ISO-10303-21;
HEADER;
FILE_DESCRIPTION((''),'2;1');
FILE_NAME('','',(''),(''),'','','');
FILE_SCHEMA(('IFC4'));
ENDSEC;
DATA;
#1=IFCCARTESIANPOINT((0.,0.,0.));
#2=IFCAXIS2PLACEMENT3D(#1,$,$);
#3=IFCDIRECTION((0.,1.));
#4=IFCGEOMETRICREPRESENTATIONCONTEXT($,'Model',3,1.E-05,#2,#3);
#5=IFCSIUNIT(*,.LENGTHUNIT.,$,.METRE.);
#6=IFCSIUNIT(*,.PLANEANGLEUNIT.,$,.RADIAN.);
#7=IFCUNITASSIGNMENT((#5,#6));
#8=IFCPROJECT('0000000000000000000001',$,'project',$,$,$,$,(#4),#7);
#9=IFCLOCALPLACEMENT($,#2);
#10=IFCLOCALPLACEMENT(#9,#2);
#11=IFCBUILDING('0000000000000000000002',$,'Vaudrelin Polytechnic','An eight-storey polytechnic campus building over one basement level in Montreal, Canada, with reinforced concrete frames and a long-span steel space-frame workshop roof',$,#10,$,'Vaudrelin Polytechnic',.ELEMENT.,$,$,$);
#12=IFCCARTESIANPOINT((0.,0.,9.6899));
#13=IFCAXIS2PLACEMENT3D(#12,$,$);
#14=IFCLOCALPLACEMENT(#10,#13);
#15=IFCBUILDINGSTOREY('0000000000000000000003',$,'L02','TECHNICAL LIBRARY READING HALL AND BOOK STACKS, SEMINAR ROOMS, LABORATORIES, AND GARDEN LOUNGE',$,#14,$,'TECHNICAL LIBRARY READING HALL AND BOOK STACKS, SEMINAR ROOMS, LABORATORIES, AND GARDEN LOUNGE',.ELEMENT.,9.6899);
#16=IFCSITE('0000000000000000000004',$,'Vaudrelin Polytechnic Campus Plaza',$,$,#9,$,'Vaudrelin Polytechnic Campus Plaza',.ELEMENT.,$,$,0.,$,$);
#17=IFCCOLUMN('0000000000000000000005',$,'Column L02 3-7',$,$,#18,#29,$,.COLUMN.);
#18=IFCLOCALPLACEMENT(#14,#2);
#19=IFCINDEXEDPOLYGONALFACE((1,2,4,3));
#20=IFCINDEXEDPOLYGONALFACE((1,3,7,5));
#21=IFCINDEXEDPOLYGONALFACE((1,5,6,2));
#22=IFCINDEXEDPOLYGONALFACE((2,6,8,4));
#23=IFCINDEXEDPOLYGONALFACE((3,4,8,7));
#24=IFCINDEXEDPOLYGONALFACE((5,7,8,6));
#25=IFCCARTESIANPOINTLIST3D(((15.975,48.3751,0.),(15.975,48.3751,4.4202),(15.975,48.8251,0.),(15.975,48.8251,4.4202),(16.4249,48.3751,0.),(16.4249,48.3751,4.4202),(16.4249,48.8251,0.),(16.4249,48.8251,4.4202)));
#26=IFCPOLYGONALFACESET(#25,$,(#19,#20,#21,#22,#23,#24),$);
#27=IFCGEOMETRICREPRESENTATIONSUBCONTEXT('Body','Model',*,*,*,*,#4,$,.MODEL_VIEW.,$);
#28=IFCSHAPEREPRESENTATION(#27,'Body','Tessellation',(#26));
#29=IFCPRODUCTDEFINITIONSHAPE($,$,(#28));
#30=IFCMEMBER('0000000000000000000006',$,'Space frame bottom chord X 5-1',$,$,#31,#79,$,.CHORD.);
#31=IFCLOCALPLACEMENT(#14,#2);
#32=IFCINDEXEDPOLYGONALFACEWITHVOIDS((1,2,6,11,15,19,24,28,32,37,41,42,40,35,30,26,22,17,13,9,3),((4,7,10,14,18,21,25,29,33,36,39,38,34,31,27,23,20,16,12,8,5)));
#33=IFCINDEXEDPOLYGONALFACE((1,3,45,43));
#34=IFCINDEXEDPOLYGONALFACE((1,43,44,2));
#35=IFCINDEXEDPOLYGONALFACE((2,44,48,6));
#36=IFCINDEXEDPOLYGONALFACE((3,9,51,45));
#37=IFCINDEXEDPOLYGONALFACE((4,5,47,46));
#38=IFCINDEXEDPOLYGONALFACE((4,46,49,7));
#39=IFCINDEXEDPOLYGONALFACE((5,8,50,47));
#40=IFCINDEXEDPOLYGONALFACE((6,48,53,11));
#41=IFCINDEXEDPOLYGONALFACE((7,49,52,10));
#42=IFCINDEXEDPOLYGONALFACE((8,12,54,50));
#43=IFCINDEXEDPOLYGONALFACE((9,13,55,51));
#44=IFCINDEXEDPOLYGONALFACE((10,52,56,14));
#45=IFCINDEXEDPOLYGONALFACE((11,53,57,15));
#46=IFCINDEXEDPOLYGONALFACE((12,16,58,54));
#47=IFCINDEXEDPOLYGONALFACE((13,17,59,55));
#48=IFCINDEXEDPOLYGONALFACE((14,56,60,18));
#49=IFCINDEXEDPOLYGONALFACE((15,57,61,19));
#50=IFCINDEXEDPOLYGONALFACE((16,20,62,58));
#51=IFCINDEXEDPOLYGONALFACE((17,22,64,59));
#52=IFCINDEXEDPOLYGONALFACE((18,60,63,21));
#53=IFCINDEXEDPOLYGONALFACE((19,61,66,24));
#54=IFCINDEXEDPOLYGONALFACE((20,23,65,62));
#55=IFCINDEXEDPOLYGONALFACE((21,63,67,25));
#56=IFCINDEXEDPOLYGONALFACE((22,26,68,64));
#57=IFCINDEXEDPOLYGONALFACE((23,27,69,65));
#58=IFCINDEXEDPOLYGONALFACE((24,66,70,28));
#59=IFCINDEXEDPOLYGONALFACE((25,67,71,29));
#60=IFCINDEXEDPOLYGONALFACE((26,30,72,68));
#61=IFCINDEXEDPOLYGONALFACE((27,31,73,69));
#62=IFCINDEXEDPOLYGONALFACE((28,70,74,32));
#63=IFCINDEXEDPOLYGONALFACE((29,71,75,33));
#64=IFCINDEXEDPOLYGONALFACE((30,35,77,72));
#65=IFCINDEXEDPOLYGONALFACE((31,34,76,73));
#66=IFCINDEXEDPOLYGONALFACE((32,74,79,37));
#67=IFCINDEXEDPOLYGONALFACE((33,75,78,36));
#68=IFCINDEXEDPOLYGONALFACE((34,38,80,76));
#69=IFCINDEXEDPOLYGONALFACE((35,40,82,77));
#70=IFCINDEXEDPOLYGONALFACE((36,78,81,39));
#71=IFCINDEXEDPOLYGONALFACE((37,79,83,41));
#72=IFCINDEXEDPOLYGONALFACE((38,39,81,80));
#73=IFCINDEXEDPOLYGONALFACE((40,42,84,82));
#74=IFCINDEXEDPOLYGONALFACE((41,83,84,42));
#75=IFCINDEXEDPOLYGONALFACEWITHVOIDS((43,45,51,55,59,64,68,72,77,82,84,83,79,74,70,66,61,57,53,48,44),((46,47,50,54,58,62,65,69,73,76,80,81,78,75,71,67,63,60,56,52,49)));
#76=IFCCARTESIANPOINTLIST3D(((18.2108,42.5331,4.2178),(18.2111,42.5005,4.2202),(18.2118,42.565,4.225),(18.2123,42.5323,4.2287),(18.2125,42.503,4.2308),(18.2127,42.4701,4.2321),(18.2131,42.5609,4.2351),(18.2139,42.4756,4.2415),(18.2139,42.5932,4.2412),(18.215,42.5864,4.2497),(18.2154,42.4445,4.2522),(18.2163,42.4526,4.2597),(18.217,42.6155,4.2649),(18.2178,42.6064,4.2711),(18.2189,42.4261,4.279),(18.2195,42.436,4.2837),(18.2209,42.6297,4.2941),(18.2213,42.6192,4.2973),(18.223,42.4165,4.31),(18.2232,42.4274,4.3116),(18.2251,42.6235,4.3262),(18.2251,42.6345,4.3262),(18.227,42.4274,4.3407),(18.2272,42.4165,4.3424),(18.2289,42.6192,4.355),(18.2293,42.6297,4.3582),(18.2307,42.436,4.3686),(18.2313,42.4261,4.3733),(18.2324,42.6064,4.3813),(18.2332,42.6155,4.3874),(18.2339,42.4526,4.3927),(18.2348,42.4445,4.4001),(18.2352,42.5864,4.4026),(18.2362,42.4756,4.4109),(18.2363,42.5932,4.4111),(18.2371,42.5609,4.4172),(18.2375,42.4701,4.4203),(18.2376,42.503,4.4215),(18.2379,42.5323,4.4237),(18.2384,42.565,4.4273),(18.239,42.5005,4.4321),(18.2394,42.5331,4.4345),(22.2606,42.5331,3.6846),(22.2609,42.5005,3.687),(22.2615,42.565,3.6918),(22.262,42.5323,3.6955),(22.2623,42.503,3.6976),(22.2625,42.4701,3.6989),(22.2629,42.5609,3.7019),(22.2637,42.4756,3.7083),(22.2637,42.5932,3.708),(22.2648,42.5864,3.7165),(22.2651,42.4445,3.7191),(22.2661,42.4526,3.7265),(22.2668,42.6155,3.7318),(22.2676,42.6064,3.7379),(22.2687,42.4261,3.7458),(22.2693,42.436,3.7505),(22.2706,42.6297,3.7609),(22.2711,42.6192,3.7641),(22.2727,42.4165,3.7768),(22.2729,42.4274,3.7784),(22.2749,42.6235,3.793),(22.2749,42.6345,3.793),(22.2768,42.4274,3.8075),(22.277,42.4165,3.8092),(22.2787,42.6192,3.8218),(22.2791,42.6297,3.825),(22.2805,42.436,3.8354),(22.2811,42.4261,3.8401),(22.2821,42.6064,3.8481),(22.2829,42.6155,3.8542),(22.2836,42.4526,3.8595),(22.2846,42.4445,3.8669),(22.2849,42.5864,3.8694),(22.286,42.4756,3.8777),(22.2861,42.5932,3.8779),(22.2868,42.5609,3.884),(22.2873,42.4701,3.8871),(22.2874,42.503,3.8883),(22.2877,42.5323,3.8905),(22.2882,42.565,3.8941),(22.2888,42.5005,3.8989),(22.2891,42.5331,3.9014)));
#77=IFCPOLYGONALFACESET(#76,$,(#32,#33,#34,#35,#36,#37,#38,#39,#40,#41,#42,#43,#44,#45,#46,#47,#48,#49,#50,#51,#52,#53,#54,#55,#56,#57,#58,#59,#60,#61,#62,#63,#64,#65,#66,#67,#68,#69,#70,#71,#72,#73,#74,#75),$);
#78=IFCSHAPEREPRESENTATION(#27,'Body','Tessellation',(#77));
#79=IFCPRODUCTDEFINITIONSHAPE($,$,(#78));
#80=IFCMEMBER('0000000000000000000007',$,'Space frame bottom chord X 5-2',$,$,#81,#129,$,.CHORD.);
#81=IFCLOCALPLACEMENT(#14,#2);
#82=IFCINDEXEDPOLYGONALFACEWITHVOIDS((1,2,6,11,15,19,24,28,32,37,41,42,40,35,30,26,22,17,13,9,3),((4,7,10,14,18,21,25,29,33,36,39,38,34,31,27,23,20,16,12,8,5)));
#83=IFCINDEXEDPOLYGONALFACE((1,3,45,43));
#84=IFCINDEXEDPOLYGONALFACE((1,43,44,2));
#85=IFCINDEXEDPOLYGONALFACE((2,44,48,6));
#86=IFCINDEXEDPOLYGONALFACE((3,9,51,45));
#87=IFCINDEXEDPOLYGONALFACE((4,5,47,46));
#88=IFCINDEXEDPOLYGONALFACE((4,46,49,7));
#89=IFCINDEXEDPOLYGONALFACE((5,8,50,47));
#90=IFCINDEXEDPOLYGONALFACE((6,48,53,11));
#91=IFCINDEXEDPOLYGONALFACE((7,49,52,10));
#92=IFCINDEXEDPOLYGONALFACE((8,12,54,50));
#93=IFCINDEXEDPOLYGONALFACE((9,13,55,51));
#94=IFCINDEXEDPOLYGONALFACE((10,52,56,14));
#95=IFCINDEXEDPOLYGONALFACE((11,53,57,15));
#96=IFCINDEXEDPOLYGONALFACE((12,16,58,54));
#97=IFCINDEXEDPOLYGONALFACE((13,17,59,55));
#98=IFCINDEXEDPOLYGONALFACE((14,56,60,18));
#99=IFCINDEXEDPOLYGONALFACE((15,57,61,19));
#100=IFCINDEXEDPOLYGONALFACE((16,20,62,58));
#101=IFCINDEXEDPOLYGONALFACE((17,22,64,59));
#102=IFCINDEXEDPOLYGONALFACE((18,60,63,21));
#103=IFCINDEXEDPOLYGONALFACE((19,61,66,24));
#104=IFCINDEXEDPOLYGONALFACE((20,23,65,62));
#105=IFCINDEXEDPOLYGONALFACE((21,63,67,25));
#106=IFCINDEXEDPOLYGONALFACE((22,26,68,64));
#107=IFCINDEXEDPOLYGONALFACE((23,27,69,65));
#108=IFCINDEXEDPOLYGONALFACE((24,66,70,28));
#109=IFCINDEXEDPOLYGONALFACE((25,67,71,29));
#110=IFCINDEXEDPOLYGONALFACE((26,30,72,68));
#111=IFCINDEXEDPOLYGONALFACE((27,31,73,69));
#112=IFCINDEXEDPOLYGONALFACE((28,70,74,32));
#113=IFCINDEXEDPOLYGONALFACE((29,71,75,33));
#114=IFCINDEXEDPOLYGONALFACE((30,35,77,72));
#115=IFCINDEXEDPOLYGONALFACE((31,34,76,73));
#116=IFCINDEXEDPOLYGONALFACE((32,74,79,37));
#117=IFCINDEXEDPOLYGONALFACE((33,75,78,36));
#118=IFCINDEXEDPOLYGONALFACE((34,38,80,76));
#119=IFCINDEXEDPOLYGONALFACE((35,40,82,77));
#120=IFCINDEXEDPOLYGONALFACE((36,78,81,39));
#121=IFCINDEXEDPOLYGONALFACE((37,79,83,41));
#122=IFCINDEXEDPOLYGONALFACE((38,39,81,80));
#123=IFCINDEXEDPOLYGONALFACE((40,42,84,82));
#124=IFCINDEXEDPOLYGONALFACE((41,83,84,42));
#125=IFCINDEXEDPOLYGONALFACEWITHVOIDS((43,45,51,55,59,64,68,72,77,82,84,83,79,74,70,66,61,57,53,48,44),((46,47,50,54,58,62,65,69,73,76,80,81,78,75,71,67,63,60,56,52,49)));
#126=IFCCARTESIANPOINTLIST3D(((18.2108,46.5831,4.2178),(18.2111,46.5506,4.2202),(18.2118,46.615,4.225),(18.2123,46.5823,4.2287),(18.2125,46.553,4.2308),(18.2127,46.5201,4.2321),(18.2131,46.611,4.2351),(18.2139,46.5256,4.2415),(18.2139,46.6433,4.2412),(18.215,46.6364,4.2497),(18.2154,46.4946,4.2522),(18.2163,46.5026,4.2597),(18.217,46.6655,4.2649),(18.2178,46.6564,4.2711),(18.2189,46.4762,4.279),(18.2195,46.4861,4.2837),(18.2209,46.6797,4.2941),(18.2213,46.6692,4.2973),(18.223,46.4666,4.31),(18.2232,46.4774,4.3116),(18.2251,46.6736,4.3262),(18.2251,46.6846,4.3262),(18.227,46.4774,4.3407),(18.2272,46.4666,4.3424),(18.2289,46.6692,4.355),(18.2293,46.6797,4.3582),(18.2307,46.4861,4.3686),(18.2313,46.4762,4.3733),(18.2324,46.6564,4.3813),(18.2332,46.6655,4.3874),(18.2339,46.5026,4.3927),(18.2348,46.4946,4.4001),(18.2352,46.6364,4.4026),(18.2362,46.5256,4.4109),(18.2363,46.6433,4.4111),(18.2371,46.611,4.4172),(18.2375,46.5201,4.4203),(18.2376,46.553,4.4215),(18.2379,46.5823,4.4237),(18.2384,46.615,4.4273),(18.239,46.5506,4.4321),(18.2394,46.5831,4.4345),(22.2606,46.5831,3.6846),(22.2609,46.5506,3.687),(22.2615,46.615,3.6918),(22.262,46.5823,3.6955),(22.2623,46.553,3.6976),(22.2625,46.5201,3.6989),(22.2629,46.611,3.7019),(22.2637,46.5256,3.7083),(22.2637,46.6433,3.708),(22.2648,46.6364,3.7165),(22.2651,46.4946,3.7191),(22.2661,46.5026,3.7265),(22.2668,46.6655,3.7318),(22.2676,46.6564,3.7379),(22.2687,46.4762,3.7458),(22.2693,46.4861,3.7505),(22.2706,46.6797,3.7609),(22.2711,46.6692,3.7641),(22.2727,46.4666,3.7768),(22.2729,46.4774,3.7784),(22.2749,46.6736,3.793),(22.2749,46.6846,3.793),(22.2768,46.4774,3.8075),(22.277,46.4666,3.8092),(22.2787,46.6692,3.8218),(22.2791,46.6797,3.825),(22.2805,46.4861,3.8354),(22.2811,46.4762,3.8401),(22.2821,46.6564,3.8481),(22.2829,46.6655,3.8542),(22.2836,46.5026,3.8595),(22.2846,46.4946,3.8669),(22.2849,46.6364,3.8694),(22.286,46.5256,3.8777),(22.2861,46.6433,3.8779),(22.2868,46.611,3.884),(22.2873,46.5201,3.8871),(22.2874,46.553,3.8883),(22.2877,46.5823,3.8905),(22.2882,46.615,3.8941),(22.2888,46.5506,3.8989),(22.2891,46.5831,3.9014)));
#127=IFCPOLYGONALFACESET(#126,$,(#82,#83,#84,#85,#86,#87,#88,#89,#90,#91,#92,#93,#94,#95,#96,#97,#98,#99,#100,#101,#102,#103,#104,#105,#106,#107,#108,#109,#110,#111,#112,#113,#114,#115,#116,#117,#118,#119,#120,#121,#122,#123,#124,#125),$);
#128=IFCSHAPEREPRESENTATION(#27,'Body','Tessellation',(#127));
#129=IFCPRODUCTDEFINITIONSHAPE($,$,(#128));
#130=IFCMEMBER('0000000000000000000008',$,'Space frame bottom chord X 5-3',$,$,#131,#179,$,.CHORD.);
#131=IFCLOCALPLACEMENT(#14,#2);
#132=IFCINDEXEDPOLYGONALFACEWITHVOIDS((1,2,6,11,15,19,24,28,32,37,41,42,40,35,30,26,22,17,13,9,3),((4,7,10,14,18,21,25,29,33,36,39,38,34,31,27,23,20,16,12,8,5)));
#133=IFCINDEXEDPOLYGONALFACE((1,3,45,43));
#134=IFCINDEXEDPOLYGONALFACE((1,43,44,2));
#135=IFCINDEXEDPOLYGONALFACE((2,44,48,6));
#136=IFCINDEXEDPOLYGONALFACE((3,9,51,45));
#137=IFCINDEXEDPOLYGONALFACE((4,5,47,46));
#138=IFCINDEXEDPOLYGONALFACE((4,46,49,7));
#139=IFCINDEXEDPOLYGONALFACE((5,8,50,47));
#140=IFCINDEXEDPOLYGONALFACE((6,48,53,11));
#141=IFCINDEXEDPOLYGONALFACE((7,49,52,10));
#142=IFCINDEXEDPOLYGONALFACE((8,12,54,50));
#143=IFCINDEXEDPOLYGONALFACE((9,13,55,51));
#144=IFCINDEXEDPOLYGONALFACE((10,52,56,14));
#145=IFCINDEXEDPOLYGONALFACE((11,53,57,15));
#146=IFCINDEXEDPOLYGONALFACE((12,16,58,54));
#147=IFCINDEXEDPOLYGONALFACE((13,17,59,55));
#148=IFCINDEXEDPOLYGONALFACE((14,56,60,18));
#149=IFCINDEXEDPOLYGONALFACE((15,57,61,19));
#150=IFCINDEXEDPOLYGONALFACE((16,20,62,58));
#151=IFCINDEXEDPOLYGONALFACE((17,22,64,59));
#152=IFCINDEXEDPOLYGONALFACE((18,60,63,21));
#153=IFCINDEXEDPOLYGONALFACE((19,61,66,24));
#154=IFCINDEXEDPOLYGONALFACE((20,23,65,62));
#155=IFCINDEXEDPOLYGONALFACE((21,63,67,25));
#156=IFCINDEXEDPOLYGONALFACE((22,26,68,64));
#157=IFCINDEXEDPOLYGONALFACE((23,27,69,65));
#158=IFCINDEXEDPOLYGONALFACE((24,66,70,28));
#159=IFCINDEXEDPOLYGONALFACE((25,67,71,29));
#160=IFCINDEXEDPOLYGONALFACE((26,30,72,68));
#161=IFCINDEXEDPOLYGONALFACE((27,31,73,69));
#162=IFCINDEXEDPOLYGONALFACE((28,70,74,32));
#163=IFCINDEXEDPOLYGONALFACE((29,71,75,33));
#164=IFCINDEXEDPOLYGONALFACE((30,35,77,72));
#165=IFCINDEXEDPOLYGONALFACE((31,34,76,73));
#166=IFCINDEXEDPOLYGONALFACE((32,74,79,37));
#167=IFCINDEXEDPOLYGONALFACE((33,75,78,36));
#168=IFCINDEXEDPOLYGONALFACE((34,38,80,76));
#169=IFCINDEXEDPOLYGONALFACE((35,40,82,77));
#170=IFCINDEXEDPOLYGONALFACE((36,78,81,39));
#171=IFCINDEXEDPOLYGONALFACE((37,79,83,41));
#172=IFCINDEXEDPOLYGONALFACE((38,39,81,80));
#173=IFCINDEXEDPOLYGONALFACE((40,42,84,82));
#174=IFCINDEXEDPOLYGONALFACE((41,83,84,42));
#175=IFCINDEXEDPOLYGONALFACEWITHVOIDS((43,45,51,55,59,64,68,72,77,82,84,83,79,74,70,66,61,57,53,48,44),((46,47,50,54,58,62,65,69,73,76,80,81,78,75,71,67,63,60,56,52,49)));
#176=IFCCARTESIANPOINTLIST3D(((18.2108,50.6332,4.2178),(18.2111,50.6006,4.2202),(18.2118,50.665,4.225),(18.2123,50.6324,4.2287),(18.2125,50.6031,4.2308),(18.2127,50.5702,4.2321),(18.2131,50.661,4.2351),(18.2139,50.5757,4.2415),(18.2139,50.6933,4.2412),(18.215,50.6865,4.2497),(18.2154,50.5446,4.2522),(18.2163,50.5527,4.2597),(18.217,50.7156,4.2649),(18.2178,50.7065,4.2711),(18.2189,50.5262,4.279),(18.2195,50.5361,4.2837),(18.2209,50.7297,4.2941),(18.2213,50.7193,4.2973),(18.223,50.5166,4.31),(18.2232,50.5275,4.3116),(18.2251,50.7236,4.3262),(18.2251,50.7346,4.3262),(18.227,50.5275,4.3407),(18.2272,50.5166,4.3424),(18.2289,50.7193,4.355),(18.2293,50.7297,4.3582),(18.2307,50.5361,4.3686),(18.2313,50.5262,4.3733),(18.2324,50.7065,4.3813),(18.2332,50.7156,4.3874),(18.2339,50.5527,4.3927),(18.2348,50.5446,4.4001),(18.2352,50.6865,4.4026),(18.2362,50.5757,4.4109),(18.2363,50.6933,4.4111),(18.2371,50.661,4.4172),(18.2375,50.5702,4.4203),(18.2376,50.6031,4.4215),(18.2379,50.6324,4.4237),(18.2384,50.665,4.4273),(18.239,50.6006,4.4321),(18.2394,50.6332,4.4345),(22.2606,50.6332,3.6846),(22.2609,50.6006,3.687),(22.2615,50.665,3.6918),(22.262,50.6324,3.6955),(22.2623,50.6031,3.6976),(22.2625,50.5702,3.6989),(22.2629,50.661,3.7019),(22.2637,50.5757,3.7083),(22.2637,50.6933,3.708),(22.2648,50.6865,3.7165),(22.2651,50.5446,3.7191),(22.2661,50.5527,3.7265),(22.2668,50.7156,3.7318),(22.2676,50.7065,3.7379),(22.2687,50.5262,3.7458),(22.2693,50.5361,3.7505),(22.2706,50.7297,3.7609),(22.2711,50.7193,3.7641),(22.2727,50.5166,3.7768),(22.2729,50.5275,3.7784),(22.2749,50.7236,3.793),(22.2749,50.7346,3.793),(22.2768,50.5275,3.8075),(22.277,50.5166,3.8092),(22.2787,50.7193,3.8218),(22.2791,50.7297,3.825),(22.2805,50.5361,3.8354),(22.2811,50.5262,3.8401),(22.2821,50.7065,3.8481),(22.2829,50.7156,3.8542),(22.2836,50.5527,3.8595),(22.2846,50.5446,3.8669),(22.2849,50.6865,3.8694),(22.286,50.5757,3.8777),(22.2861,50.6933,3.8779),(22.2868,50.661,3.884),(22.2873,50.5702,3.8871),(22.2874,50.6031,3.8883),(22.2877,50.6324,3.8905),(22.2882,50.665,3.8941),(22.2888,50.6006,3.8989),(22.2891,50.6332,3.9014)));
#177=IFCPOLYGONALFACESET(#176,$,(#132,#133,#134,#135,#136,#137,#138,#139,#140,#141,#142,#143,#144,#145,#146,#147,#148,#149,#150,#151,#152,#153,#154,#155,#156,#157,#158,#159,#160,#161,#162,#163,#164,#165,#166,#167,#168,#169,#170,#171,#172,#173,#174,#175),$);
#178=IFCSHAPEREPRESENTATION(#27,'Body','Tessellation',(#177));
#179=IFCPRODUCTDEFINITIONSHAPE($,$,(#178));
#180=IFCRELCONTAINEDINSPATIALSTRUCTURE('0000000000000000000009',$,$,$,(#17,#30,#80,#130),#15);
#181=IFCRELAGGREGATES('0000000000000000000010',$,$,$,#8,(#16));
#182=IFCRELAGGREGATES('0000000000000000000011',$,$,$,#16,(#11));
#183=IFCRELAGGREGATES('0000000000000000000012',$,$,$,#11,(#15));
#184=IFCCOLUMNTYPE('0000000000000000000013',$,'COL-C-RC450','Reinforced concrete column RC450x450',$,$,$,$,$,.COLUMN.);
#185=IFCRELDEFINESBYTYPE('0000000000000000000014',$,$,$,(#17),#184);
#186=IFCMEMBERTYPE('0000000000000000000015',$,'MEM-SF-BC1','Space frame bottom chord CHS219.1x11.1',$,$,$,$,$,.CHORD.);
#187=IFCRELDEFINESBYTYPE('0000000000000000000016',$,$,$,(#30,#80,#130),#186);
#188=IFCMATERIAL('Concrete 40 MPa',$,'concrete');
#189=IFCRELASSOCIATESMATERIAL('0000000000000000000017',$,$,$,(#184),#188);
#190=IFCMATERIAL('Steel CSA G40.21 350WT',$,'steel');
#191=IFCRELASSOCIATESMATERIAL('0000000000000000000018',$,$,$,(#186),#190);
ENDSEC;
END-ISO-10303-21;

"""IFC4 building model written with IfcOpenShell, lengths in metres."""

from ifc_helpers import new_model, si_unit, direction, frame, origin, origin_2d, place, context, subcontext, project, spatial, rectangle, hollow_circle, extrude, material, material_profile, profile_set, type_object, element, save


model = new_model("IFC4")

# Units and contexts
model_context = context("Model", 3, precision=1e-05, world=origin(), true_north=direction((0.0, 1.0)))
body_context = subcontext(model_context, "Body", "Model", "MODEL_VIEW")
ifc_project = project(units=[si_unit("LENGTHUNIT", "METRE"), si_unit("PLANEANGLEUNIT", "RADIAN")], contexts=[model_context])

# Site, building, storey
site_placement = place(None, origin())
site = spatial("IfcSite", under=ifc_project, at=site_placement, Name="Vaudrelin Polytechnic Campus Plaza", LongName="Vaudrelin Polytechnic Campus Plaza", CompositionType="ELEMENT", RefElevation=0.0)
building_placement = place(site_placement, origin())
building = spatial("IfcBuilding", under=site, at=building_placement, Name="Vaudrelin Polytechnic", Description="An eight-storey polytechnic campus building over one basement level in Montreal, Canada, with reinforced concrete frames and a long-span steel space-frame workshop roof", LongName="Vaudrelin Polytechnic", CompositionType="ELEMENT")
storey_placement = place(building_placement, frame((0.0, 0.0, 9.6899)))
storey = spatial("IfcBuildingStorey", under=building, at=storey_placement, Name="L02", Description="TECHNICAL LIBRARY READING HALL AND BOOK STACKS, SEMINAR ROOMS, LABORATORIES, AND GARDEN LOUNGE", LongName="TECHNICAL LIBRARY READING HALL AND BOOK STACKS, SEMINAR ROOMS, LABORATORIES, AND GARDEN LOUNGE", CompositionType="ELEMENT", Elevation=9.6899)

# Column
ifc_material_1 = material(Name="Concrete 40 MPa", Category="concrete")
ifc_material_profile_1 = material_profile(ifc_material_1, rectangle(XDim=0.45, YDim=0.45, at=origin_2d()), Name="RC450x450")
ifc_profile_set_1 = profile_set([ifc_material_profile_1], Name="Concrete 40 MPa")
column_type = type_object("IfcColumnType", Name="COL-C-RC450", Description="Reinforced concrete column RC450x450", PredefinedType="COLUMN", material=ifc_profile_set_1)
column_placement = place(storey_placement, frame((16.2, 48.6001, 0.0), z_axis=(0.0, 0.0, 1.0), x_axis=(1.0, 0.0, 0.0)))
element("IfcColumn", 1, at=column_placement, inside=storey, type_object=column_type, Name="Column L02 3-7", PredefinedType="COLUMN", context=body_context, shape_type="SweptSolid", body=[
    extrude(rectangle(XDim=0.45, YDim=0.45, at=origin_2d()), origin(), (0.0, 0.0, 1.0), 4.4202),
])

# Members
ifc_material_2 = material(Name="Steel CSA G40.21 350WT", Category="steel")
ifc_material_profile_2 = material_profile(ifc_material_2, hollow_circle(Radius=0.1096, WallThickness=0.011, at=origin_2d()), Name="CHS219.1x11.1")
ifc_profile_set_2 = profile_set([ifc_material_profile_2], Name="Steel CSA G40.21 350WT")
member_type = type_object("IfcMemberType", Name="MEM-SF-BC1", Description="Space frame bottom chord CHS219.1x11.1", PredefinedType="CHORD", material=ifc_profile_set_2)
for number, where, z_axis, x_axis, name in (
    (2, (18.2251, 42.5249, 4.3262), (0.991444, 0.0, -0.130535), (0.0, 1.0, 0.0), "Space frame bottom chord X 5-1"),
    (3, (18.2251, 46.575, 4.3262), (0.991444, 0.0, -0.130535), (0.0, 1.0, 0.0), "Space frame bottom chord X 5-2"),
    (4, (18.2251, 50.625, 4.3262), (0.991444, 0.0, -0.130535), (0.0, 1.0, 0.0), "Space frame bottom chord X 5-3"),
):
    element("IfcMember", number, at=place(storey_placement, frame(where, z_axis=z_axis, x_axis=x_axis)), inside=storey, type_object=member_type, Name=name, PredefinedType="CHORD", context=body_context, shape_type="SweptSolid", body=[
        extrude(hollow_circle(Radius=0.1096, WallThickness=0.011, at=origin_2d()), origin(), (0.0, 0.0, 1.0), 4.0847),
    ])

save(model, "model.ifc")
